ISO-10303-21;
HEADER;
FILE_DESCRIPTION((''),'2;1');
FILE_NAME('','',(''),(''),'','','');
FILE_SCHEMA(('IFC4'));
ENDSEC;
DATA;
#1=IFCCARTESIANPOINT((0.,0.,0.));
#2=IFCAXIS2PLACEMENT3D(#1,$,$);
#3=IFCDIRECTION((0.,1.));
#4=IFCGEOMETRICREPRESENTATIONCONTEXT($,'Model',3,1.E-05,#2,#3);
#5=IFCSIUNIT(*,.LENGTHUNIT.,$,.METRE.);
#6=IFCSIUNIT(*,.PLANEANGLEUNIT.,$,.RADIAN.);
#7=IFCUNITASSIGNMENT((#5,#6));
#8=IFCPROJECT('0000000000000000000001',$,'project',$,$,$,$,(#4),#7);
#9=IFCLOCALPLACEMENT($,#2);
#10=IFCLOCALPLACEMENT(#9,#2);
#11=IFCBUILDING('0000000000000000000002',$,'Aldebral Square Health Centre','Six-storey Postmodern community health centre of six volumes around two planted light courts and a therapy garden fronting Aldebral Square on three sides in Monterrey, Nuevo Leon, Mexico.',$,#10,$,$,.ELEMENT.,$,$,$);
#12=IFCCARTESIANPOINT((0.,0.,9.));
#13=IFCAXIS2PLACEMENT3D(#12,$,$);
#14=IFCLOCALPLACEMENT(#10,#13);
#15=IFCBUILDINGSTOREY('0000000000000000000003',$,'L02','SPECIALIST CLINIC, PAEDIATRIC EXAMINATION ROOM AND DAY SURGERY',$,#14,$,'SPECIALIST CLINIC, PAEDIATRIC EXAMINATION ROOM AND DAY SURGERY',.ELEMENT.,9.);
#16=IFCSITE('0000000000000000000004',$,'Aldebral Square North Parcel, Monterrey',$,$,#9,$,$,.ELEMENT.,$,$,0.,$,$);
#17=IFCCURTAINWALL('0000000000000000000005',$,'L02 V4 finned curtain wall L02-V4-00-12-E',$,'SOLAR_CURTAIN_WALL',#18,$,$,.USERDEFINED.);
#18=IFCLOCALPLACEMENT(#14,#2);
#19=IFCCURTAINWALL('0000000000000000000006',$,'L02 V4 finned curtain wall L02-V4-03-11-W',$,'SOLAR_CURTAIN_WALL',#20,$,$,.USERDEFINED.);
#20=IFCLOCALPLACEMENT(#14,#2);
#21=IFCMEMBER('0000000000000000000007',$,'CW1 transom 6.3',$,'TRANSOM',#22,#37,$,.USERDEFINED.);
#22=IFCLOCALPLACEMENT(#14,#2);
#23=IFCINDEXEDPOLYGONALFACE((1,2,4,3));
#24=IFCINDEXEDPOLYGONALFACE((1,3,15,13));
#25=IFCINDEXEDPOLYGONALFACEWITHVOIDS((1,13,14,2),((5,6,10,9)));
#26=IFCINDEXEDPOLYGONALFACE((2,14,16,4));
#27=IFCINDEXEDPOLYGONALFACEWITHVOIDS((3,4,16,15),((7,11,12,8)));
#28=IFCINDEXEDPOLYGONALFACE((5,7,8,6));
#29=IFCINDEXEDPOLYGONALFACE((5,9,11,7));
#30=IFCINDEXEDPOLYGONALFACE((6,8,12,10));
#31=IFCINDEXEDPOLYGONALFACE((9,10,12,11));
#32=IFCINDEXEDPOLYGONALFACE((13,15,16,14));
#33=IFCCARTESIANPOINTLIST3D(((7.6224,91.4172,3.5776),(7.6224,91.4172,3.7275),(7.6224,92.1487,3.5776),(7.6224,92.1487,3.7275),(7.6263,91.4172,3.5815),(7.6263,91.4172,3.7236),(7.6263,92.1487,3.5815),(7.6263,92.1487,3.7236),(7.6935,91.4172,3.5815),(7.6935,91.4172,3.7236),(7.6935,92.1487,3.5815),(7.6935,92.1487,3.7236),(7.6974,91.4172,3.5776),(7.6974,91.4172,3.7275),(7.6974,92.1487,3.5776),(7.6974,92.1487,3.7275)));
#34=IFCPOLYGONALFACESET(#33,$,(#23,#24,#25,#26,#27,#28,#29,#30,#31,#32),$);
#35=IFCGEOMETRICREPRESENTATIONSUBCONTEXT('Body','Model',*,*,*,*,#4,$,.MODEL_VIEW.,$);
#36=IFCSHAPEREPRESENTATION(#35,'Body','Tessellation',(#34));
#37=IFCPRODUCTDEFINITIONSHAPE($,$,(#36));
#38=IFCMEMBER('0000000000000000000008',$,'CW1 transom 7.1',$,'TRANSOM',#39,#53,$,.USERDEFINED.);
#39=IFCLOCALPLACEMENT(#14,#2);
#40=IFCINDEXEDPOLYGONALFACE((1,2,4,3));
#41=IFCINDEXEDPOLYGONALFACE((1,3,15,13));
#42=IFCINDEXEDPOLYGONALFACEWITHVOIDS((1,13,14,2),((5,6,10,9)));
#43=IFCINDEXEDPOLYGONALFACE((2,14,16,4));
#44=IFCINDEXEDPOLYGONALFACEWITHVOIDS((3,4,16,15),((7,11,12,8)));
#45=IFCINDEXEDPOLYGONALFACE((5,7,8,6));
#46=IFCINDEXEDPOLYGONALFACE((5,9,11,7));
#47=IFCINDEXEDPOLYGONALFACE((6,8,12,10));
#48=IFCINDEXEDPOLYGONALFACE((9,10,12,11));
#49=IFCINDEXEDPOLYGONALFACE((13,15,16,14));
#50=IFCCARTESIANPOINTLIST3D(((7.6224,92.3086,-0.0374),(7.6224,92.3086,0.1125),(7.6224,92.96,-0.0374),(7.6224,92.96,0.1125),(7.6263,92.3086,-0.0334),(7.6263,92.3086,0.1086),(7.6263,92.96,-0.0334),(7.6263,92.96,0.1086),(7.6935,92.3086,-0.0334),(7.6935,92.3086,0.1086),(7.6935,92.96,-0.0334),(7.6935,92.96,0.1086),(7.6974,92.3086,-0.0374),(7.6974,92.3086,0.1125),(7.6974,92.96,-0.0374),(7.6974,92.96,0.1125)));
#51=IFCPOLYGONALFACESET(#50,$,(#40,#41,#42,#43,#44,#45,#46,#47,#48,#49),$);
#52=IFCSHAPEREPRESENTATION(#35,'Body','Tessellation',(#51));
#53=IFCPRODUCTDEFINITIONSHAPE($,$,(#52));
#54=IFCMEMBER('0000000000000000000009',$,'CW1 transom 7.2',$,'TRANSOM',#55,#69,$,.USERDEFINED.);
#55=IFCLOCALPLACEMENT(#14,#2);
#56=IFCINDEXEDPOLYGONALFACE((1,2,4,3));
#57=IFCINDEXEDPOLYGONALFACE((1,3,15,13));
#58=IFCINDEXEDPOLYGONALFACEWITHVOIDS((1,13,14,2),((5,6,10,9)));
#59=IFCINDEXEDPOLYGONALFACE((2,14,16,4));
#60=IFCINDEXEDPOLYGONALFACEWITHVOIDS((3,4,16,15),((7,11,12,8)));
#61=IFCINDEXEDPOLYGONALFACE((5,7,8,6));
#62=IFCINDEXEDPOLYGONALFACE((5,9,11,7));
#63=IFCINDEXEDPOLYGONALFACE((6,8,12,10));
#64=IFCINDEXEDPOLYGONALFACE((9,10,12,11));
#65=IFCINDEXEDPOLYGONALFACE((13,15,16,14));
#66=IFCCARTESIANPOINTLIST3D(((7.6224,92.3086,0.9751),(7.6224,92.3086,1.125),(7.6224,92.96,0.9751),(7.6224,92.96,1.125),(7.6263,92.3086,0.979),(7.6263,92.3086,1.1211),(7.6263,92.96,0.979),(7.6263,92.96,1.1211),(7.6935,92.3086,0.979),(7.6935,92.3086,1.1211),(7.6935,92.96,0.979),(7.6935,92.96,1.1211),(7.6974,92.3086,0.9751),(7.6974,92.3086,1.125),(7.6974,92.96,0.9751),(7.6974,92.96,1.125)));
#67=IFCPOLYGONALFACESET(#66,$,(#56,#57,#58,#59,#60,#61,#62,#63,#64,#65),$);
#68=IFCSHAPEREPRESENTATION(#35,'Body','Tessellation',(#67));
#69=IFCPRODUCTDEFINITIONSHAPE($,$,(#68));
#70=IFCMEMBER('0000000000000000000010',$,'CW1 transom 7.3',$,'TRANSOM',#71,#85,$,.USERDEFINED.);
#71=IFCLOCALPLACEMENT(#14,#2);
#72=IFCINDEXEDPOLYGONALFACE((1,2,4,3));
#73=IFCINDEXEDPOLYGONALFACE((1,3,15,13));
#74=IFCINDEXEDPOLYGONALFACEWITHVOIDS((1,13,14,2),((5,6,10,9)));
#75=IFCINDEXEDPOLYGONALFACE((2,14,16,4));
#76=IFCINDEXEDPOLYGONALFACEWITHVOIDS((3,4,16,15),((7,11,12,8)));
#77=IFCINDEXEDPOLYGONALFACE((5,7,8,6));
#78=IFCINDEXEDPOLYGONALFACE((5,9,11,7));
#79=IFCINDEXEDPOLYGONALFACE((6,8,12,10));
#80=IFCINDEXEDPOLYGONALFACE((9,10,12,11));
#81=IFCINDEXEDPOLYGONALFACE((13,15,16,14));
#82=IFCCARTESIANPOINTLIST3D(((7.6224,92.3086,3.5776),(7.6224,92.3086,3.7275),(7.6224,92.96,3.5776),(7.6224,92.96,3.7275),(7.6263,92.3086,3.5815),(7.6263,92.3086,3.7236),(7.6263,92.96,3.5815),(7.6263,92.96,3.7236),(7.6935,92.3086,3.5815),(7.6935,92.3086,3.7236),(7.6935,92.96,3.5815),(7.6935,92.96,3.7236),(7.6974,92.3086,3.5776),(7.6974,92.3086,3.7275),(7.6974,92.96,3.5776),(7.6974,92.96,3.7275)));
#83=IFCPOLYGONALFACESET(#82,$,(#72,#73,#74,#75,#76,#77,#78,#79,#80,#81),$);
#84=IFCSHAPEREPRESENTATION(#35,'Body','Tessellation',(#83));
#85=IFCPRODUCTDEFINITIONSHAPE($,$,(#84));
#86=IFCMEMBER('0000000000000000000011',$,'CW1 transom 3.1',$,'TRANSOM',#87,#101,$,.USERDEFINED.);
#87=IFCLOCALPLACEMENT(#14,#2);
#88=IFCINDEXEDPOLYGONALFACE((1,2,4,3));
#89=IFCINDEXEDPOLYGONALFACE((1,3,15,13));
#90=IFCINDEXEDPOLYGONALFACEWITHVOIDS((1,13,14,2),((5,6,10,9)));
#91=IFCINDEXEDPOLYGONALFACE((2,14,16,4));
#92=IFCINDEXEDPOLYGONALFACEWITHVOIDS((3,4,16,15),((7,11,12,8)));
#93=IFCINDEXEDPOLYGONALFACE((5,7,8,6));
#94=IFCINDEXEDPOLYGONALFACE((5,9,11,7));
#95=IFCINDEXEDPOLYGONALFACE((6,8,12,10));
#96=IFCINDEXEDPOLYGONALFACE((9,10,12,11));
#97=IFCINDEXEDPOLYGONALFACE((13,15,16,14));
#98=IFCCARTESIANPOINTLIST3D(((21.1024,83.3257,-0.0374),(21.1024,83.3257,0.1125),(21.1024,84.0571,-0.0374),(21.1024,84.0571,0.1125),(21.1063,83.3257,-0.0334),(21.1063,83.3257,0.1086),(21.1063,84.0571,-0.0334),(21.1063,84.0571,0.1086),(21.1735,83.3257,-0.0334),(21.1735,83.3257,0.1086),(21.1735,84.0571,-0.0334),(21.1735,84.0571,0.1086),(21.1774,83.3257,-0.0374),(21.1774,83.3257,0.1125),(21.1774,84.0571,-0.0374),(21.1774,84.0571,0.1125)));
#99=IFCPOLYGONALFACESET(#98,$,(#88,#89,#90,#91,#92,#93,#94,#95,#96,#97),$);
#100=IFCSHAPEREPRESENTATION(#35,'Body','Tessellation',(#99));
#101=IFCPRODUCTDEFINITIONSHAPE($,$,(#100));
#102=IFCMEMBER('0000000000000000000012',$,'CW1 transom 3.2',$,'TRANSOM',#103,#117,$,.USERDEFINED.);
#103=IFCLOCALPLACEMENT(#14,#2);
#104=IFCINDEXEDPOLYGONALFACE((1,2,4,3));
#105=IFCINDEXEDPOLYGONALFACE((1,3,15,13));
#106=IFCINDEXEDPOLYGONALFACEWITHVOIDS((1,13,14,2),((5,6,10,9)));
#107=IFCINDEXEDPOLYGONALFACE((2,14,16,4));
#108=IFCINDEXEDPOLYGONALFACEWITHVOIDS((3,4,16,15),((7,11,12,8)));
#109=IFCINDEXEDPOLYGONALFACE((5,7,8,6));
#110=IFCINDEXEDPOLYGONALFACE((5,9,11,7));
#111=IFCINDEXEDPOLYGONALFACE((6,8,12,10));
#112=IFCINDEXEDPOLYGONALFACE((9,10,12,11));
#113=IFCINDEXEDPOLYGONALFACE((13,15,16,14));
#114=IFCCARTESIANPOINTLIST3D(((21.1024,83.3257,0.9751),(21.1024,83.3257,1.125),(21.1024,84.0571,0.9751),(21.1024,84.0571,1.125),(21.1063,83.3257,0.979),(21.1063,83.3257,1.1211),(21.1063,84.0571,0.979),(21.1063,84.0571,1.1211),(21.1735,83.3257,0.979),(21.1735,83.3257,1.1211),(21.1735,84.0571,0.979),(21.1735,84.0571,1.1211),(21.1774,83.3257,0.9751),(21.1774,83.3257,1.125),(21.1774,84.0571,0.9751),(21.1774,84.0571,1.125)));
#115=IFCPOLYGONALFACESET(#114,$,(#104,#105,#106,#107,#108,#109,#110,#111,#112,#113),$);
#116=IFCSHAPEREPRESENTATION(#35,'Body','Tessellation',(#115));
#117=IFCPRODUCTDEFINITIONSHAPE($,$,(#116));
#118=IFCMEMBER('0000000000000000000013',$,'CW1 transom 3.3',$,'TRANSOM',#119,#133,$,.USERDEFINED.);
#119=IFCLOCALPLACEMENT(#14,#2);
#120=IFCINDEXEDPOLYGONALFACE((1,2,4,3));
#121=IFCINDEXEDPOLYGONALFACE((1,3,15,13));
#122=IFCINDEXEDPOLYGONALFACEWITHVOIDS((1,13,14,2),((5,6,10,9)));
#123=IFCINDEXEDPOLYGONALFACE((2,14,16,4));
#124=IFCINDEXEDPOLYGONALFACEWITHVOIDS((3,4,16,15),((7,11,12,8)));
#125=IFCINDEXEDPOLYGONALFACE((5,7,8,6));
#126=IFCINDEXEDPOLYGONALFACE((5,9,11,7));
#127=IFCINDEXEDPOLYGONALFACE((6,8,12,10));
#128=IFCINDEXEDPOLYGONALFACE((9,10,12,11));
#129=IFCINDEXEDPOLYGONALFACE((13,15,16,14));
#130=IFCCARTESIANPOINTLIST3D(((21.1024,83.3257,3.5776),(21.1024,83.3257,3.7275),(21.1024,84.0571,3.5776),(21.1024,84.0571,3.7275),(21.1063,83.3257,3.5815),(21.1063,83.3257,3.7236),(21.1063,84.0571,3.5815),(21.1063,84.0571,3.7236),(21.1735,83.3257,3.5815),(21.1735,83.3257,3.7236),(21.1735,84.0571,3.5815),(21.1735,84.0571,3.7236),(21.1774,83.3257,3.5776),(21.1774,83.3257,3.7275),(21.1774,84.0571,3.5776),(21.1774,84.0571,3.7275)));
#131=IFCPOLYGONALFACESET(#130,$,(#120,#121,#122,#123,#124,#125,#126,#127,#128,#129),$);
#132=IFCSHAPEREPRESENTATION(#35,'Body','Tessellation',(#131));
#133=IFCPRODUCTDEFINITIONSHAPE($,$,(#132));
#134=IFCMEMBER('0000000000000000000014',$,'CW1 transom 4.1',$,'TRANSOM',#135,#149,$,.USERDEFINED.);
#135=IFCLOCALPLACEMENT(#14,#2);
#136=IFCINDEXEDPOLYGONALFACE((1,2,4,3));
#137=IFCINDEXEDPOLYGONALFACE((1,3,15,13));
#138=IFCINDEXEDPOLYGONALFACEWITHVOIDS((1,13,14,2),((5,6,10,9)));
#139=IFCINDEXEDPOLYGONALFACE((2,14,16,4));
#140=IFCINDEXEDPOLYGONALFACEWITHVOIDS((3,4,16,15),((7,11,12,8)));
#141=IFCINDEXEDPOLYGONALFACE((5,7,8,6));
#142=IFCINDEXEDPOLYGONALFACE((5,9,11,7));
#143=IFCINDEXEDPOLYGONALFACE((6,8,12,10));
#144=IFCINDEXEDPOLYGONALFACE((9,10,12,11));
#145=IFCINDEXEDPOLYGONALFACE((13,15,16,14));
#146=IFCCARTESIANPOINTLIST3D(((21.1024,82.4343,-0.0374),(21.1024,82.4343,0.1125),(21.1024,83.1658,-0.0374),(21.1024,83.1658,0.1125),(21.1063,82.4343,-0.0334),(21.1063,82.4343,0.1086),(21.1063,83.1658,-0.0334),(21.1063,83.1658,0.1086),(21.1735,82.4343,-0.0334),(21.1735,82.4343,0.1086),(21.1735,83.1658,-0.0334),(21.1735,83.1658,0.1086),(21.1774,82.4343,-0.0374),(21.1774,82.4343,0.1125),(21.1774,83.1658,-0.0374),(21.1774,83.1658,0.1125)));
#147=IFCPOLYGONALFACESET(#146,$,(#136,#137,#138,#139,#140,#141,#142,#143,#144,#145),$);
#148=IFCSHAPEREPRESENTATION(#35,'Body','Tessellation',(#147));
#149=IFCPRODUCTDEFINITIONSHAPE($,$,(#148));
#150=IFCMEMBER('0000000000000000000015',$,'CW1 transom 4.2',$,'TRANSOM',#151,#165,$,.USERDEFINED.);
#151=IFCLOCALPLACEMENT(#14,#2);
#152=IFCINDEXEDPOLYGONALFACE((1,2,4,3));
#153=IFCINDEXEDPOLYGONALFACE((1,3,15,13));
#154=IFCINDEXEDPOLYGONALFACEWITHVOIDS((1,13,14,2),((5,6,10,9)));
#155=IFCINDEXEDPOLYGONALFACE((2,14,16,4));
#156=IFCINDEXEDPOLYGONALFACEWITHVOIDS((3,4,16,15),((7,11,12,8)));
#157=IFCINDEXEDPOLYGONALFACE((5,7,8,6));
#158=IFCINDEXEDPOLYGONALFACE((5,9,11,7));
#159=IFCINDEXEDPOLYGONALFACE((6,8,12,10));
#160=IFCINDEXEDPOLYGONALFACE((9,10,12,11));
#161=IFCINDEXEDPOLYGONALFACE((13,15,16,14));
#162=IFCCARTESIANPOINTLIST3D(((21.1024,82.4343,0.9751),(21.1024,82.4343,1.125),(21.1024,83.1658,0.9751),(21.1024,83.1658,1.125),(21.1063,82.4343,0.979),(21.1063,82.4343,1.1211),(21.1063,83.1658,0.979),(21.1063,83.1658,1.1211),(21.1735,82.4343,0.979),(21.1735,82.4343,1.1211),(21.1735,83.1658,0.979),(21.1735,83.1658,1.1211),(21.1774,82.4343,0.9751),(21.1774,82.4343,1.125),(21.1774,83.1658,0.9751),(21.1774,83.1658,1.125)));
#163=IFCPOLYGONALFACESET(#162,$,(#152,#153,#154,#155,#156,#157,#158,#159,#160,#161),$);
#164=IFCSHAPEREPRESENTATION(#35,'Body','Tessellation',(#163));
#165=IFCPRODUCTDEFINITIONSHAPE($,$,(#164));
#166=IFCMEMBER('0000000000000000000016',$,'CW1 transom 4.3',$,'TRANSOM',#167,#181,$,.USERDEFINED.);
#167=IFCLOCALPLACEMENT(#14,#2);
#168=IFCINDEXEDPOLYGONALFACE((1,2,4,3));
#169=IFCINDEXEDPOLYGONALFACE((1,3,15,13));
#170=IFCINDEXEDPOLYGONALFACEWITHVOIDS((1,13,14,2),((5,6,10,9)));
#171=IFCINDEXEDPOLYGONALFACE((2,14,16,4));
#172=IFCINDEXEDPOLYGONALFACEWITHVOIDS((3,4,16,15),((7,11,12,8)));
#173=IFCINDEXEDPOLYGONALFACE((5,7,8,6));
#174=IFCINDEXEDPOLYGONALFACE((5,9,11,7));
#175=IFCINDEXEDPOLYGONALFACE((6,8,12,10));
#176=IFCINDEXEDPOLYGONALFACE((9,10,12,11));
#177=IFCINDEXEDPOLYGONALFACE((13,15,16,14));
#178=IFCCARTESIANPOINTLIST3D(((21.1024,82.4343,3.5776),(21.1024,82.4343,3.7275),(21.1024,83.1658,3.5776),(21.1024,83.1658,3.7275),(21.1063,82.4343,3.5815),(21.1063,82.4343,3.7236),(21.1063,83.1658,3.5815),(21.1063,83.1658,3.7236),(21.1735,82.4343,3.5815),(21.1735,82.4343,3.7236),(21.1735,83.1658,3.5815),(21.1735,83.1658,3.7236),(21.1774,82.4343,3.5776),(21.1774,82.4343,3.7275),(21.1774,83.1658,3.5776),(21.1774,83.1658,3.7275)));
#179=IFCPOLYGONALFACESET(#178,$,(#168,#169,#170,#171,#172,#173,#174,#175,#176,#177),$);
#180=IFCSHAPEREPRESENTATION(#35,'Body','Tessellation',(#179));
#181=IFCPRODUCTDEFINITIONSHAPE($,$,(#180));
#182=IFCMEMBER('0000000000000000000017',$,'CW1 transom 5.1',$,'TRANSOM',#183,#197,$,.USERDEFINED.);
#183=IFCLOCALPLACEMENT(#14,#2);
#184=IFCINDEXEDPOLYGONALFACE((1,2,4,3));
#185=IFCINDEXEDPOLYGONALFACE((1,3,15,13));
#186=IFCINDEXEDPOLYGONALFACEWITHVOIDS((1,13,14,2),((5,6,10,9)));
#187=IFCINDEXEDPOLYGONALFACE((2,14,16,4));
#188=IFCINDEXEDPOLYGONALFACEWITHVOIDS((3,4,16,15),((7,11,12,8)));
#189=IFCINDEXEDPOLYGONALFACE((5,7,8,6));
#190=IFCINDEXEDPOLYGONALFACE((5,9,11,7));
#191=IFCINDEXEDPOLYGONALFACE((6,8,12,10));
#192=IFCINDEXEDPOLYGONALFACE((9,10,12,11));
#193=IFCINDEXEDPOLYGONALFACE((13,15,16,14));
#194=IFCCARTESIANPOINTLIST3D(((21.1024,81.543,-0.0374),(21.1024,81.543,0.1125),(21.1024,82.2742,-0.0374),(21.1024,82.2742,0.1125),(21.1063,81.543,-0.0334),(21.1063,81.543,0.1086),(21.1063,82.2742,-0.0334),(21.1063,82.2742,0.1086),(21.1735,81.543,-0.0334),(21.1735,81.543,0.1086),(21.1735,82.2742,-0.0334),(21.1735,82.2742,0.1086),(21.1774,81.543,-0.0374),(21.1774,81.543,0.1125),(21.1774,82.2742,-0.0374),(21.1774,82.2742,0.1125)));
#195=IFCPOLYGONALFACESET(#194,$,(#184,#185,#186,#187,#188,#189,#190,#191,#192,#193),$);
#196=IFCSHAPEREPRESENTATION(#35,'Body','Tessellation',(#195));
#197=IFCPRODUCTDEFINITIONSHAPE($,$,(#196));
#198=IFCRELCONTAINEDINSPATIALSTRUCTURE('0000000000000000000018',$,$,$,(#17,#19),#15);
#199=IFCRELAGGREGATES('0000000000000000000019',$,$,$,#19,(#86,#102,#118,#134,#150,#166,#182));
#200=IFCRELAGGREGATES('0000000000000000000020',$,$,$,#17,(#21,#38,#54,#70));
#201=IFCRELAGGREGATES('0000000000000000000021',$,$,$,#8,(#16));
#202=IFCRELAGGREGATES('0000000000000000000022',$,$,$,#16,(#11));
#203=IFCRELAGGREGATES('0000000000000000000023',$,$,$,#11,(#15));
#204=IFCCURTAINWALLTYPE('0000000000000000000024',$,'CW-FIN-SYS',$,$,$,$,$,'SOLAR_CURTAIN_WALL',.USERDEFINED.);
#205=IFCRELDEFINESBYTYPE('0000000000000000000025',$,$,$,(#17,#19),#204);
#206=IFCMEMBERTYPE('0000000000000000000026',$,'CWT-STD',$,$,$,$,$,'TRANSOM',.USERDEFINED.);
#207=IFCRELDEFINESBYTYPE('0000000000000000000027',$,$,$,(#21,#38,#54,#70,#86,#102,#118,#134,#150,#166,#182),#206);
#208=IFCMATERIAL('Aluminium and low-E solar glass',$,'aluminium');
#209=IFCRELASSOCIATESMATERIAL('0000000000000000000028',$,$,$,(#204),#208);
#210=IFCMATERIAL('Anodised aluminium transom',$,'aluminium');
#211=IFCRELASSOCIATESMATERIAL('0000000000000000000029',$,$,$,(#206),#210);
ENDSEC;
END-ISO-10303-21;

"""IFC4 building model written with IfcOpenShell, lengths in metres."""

from ifc_helpers import new_model, si_unit, direction, frame, origin, origin_2d, place, context, subcontext, project, spatial, hollow_rectangle, extrude, material, material_profile, profile_set, type_object, element, aggregate, save


model = new_model("IFC4")

# Units and contexts
model_context = context("Model", 3, precision=1e-05, world=origin(), true_north=direction((0.0, 1.0)))
body_context = subcontext(model_context, "Body", "Model", "MODEL_VIEW")
ifc_project = project(units=[si_unit("LENGTHUNIT", "METRE"), si_unit("PLANEANGLEUNIT", "RADIAN")], contexts=[model_context])

# Site, building, storey
site_placement = place(None, origin())
site = spatial("IfcSite", under=ifc_project, at=site_placement, Name="Aldebral Square North Parcel, Monterrey", CompositionType="ELEMENT", RefElevation=0.0)
building_placement = place(site_placement, origin())
building = spatial("IfcBuilding", under=site, at=building_placement, Name="Aldebral Square Health Centre", Description="Six-storey Postmodern community health centre of six volumes around two planted light courts and a therapy garden fronting Aldebral Square on three sides in Monterrey, Nuevo Leon, Mexico.", CompositionType="ELEMENT")
storey_placement = place(building_placement, frame((0.0, 0.0, 9.0)))
storey = spatial("IfcBuildingStorey", under=building, at=storey_placement, Name="L02", Description="SPECIALIST CLINIC, PAEDIATRIC EXAMINATION ROOM AND DAY SURGERY", LongName="SPECIALIST CLINIC, PAEDIATRIC EXAMINATION ROOM AND DAY SURGERY", CompositionType="ELEMENT", Elevation=9.0)

# Curtain walls
ifc_material_1 = material(Name="Aluminium and low-E solar glass", Category="aluminium")
curtain_wall_type = type_object("IfcCurtainWallType", Name="CW-FIN-SYS", ElementType="SOLAR_CURTAIN_WALL", PredefinedType="USERDEFINED", material=ifc_material_1)
curtain_wall_1_placement = place(storey_placement, origin())
curtain_wall_1 = element("IfcCurtainWall", 1, at=curtain_wall_1_placement, inside=storey, type_object=curtain_wall_type, Name="L02 V4 finned curtain wall L02-V4-00-12-E", ObjectType="SOLAR_CURTAIN_WALL", PredefinedType="USERDEFINED")
curtain_wall_2_placement = place(storey_placement, origin())
curtain_wall_2 = element("IfcCurtainWall", 2, at=curtain_wall_2_placement, inside=storey, type_object=curtain_wall_type, Name="L02 V4 finned curtain wall L02-V4-03-11-W", ObjectType="SOLAR_CURTAIN_WALL", PredefinedType="USERDEFINED")

# Members
ifc_material_2 = material(Name="Anodised aluminium transom", Category="aluminium")
ifc_material_profile_1 = material_profile(ifc_material_2, hollow_rectangle(XDim=0.075, YDim=0.1499, WallThickness=0.0039, at=origin_2d()), Name="CWT 75x150x4")
ifc_profile_set_1 = profile_set([ifc_material_profile_1], Name="Anodised aluminium transom")
member_type_1 = type_object("IfcMemberType", Name="CWT-STD", ElementType="TRANSOM", PredefinedType="USERDEFINED", material=ifc_profile_set_1)
member_1_placement = place(storey_placement, frame((7.6599, 91.4172, 3.6526), z_axis=(0.0, 1.0, 0.0), x_axis=(-1.0, 0.0, 0.0)))
member_1 = element("IfcMember", 3, at=member_1_placement, type_object=member_type_1, Name="CW1 transom 6.3", ObjectType="TRANSOM", PredefinedType="USERDEFINED", context=body_context, shape_type="SweptSolid", body=[
    extrude(hollow_rectangle(XDim=0.075, YDim=0.1499, WallThickness=0.0039, at=origin_2d()), origin(), (0.0, 0.0, 1.0), 0.7314),
])
member_2_placement = place(storey_placement, frame((7.6599, 92.3086, 0.0376), z_axis=(0.0, 1.0, 0.0), x_axis=(-1.0, 0.0, 0.0)))
member_2 = element("IfcMember", 4, at=member_2_placement, type_object=member_type_1, Name="CW1 transom 7.1", ObjectType="TRANSOM", PredefinedType="USERDEFINED", context=body_context, shape_type="SweptSolid", body=[
    extrude(hollow_rectangle(XDim=0.075, YDim=0.1499, WallThickness=0.0039, at=origin_2d()), origin(), (0.0, 0.0, 1.0), 0.6514),
])
member_3_placement = place(storey_placement, frame((7.6599, 92.3086, 1.05), z_axis=(0.0, 1.0, 0.0), x_axis=(-1.0, 0.0, 0.0)))
member_3 = element("IfcMember", 5, at=member_3_placement, type_object=member_type_1, Name="CW1 transom 7.2", ObjectType="TRANSOM", PredefinedType="USERDEFINED", context=body_context, shape_type="SweptSolid", body=[
    extrude(hollow_rectangle(XDim=0.075, YDim=0.1499, WallThickness=0.0039, at=origin_2d()), origin(), (0.0, 0.0, 1.0), 0.6514),
])
member_4_placement = place(storey_placement, frame((7.6599, 92.3086, 3.6526), z_axis=(0.0, 1.0, 0.0), x_axis=(-1.0, 0.0, 0.0)))
member_4 = element("IfcMember", 6, at=member_4_placement, type_object=member_type_1, Name="CW1 transom 7.3", ObjectType="TRANSOM", PredefinedType="USERDEFINED", context=body_context, shape_type="SweptSolid", body=[
    extrude(hollow_rectangle(XDim=0.075, YDim=0.1499, WallThickness=0.0039, at=origin_2d()), origin(), (0.0, 0.0, 1.0), 0.6514),
])
member_5_placement = place(storey_placement, frame((21.1399, 84.0571, 0.0376), z_axis=(0.0, -1.0, 0.0), x_axis=(1.0, 0.0, 0.0)))
member_5 = element("IfcMember", 7, at=member_5_placement, type_object=member_type_1, Name="CW1 transom 3.1", ObjectType="TRANSOM", PredefinedType="USERDEFINED", context=body_context, shape_type="SweptSolid", body=[
    extrude(hollow_rectangle(XDim=0.075, YDim=0.1499, WallThickness=0.0039, at=origin_2d()), origin(), (0.0, 0.0, 1.0), 0.7314),
])
member_6_placement = place(storey_placement, frame((21.1399, 84.0571, 1.05), z_axis=(0.0, -1.0, 0.0), x_axis=(1.0, 0.0, 0.0)))
member_6 = element("IfcMember", 8, at=member_6_placement, type_object=member_type_1, Name="CW1 transom 3.2", ObjectType="TRANSOM", PredefinedType="USERDEFINED", context=body_context, shape_type="SweptSolid", body=[
    extrude(hollow_rectangle(XDim=0.075, YDim=0.1499, WallThickness=0.0039, at=origin_2d()), origin(), (0.0, 0.0, 1.0), 0.7314),
])
member_7_placement = place(storey_placement, frame((21.1399, 84.0571, 3.6526), z_axis=(0.0, -1.0, 0.0), x_axis=(1.0, 0.0, 0.0)))
member_7 = element("IfcMember", 9, at=member_7_placement, type_object=member_type_1, Name="CW1 transom 3.3", ObjectType="TRANSOM", PredefinedType="USERDEFINED", context=body_context, shape_type="SweptSolid", body=[
    extrude(hollow_rectangle(XDim=0.075, YDim=0.1499, WallThickness=0.0039, at=origin_2d()), origin(), (0.0, 0.0, 1.0), 0.7314),
])
member_8_placement = place(storey_placement, frame((21.1399, 83.1658, 0.0376), z_axis=(0.0, -1.0, 0.0), x_axis=(1.0, 0.0, 0.0)))
member_8 = element("IfcMember", 10, at=member_8_placement, type_object=member_type_1, Name="CW1 transom 4.1", ObjectType="TRANSOM", PredefinedType="USERDEFINED", context=body_context, shape_type="SweptSolid", body=[
    extrude(hollow_rectangle(XDim=0.075, YDim=0.1499, WallThickness=0.0039, at=origin_2d()), origin(), (0.0, 0.0, 1.0), 0.7314),
])
member_9_placement = place(storey_placement, frame((21.1399, 83.1658, 1.05), z_axis=(0.0, -1.0, 0.0), x_axis=(1.0, 0.0, 0.0)))
member_9 = element("IfcMember", 11, at=member_9_placement, type_object=member_type_1, Name="CW1 transom 4.2", ObjectType="TRANSOM", PredefinedType="USERDEFINED", context=body_context, shape_type="SweptSolid", body=[
    extrude(hollow_rectangle(XDim=0.075, YDim=0.1499, WallThickness=0.0039, at=origin_2d()), origin(), (0.0, 0.0, 1.0), 0.7314),
])
member_10_placement = place(storey_placement, frame((21.1399, 83.1658, 3.6526), z_axis=(0.0, -1.0, 0.0), x_axis=(1.0, 0.0, 0.0)))
member_10 = element("IfcMember", 12, at=member_10_placement, type_object=member_type_1, Name="CW1 transom 4.3", ObjectType="TRANSOM", PredefinedType="USERDEFINED", context=body_context, shape_type="SweptSolid", body=[
    extrude(hollow_rectangle(XDim=0.075, YDim=0.1499, WallThickness=0.0039, at=origin_2d()), origin(), (0.0, 0.0, 1.0), 0.7314),
])
member_11_placement = place(storey_placement, frame((21.1399, 82.2742, 0.0376), z_axis=(0.0, -1.0, 0.0), x_axis=(1.0, 0.0, 0.0)))
member_11 = element("IfcMember", 13, at=member_11_placement, type_object=member_type_1, Name="CW1 transom 5.1", ObjectType="TRANSOM", PredefinedType="USERDEFINED", context=body_context, shape_type="SweptSolid", body=[
    extrude(hollow_rectangle(XDim=0.075, YDim=0.1499, WallThickness=0.0039, at=origin_2d()), origin(), (0.0, 0.0, 1.0), 0.7312),
])

aggregate(curtain_wall_2, [member_5, member_6, member_7, member_8, member_9, member_10, member_11])
aggregate(curtain_wall_1, [member_1, member_2, member_3, member_4])

save(model, "model.ifc")
